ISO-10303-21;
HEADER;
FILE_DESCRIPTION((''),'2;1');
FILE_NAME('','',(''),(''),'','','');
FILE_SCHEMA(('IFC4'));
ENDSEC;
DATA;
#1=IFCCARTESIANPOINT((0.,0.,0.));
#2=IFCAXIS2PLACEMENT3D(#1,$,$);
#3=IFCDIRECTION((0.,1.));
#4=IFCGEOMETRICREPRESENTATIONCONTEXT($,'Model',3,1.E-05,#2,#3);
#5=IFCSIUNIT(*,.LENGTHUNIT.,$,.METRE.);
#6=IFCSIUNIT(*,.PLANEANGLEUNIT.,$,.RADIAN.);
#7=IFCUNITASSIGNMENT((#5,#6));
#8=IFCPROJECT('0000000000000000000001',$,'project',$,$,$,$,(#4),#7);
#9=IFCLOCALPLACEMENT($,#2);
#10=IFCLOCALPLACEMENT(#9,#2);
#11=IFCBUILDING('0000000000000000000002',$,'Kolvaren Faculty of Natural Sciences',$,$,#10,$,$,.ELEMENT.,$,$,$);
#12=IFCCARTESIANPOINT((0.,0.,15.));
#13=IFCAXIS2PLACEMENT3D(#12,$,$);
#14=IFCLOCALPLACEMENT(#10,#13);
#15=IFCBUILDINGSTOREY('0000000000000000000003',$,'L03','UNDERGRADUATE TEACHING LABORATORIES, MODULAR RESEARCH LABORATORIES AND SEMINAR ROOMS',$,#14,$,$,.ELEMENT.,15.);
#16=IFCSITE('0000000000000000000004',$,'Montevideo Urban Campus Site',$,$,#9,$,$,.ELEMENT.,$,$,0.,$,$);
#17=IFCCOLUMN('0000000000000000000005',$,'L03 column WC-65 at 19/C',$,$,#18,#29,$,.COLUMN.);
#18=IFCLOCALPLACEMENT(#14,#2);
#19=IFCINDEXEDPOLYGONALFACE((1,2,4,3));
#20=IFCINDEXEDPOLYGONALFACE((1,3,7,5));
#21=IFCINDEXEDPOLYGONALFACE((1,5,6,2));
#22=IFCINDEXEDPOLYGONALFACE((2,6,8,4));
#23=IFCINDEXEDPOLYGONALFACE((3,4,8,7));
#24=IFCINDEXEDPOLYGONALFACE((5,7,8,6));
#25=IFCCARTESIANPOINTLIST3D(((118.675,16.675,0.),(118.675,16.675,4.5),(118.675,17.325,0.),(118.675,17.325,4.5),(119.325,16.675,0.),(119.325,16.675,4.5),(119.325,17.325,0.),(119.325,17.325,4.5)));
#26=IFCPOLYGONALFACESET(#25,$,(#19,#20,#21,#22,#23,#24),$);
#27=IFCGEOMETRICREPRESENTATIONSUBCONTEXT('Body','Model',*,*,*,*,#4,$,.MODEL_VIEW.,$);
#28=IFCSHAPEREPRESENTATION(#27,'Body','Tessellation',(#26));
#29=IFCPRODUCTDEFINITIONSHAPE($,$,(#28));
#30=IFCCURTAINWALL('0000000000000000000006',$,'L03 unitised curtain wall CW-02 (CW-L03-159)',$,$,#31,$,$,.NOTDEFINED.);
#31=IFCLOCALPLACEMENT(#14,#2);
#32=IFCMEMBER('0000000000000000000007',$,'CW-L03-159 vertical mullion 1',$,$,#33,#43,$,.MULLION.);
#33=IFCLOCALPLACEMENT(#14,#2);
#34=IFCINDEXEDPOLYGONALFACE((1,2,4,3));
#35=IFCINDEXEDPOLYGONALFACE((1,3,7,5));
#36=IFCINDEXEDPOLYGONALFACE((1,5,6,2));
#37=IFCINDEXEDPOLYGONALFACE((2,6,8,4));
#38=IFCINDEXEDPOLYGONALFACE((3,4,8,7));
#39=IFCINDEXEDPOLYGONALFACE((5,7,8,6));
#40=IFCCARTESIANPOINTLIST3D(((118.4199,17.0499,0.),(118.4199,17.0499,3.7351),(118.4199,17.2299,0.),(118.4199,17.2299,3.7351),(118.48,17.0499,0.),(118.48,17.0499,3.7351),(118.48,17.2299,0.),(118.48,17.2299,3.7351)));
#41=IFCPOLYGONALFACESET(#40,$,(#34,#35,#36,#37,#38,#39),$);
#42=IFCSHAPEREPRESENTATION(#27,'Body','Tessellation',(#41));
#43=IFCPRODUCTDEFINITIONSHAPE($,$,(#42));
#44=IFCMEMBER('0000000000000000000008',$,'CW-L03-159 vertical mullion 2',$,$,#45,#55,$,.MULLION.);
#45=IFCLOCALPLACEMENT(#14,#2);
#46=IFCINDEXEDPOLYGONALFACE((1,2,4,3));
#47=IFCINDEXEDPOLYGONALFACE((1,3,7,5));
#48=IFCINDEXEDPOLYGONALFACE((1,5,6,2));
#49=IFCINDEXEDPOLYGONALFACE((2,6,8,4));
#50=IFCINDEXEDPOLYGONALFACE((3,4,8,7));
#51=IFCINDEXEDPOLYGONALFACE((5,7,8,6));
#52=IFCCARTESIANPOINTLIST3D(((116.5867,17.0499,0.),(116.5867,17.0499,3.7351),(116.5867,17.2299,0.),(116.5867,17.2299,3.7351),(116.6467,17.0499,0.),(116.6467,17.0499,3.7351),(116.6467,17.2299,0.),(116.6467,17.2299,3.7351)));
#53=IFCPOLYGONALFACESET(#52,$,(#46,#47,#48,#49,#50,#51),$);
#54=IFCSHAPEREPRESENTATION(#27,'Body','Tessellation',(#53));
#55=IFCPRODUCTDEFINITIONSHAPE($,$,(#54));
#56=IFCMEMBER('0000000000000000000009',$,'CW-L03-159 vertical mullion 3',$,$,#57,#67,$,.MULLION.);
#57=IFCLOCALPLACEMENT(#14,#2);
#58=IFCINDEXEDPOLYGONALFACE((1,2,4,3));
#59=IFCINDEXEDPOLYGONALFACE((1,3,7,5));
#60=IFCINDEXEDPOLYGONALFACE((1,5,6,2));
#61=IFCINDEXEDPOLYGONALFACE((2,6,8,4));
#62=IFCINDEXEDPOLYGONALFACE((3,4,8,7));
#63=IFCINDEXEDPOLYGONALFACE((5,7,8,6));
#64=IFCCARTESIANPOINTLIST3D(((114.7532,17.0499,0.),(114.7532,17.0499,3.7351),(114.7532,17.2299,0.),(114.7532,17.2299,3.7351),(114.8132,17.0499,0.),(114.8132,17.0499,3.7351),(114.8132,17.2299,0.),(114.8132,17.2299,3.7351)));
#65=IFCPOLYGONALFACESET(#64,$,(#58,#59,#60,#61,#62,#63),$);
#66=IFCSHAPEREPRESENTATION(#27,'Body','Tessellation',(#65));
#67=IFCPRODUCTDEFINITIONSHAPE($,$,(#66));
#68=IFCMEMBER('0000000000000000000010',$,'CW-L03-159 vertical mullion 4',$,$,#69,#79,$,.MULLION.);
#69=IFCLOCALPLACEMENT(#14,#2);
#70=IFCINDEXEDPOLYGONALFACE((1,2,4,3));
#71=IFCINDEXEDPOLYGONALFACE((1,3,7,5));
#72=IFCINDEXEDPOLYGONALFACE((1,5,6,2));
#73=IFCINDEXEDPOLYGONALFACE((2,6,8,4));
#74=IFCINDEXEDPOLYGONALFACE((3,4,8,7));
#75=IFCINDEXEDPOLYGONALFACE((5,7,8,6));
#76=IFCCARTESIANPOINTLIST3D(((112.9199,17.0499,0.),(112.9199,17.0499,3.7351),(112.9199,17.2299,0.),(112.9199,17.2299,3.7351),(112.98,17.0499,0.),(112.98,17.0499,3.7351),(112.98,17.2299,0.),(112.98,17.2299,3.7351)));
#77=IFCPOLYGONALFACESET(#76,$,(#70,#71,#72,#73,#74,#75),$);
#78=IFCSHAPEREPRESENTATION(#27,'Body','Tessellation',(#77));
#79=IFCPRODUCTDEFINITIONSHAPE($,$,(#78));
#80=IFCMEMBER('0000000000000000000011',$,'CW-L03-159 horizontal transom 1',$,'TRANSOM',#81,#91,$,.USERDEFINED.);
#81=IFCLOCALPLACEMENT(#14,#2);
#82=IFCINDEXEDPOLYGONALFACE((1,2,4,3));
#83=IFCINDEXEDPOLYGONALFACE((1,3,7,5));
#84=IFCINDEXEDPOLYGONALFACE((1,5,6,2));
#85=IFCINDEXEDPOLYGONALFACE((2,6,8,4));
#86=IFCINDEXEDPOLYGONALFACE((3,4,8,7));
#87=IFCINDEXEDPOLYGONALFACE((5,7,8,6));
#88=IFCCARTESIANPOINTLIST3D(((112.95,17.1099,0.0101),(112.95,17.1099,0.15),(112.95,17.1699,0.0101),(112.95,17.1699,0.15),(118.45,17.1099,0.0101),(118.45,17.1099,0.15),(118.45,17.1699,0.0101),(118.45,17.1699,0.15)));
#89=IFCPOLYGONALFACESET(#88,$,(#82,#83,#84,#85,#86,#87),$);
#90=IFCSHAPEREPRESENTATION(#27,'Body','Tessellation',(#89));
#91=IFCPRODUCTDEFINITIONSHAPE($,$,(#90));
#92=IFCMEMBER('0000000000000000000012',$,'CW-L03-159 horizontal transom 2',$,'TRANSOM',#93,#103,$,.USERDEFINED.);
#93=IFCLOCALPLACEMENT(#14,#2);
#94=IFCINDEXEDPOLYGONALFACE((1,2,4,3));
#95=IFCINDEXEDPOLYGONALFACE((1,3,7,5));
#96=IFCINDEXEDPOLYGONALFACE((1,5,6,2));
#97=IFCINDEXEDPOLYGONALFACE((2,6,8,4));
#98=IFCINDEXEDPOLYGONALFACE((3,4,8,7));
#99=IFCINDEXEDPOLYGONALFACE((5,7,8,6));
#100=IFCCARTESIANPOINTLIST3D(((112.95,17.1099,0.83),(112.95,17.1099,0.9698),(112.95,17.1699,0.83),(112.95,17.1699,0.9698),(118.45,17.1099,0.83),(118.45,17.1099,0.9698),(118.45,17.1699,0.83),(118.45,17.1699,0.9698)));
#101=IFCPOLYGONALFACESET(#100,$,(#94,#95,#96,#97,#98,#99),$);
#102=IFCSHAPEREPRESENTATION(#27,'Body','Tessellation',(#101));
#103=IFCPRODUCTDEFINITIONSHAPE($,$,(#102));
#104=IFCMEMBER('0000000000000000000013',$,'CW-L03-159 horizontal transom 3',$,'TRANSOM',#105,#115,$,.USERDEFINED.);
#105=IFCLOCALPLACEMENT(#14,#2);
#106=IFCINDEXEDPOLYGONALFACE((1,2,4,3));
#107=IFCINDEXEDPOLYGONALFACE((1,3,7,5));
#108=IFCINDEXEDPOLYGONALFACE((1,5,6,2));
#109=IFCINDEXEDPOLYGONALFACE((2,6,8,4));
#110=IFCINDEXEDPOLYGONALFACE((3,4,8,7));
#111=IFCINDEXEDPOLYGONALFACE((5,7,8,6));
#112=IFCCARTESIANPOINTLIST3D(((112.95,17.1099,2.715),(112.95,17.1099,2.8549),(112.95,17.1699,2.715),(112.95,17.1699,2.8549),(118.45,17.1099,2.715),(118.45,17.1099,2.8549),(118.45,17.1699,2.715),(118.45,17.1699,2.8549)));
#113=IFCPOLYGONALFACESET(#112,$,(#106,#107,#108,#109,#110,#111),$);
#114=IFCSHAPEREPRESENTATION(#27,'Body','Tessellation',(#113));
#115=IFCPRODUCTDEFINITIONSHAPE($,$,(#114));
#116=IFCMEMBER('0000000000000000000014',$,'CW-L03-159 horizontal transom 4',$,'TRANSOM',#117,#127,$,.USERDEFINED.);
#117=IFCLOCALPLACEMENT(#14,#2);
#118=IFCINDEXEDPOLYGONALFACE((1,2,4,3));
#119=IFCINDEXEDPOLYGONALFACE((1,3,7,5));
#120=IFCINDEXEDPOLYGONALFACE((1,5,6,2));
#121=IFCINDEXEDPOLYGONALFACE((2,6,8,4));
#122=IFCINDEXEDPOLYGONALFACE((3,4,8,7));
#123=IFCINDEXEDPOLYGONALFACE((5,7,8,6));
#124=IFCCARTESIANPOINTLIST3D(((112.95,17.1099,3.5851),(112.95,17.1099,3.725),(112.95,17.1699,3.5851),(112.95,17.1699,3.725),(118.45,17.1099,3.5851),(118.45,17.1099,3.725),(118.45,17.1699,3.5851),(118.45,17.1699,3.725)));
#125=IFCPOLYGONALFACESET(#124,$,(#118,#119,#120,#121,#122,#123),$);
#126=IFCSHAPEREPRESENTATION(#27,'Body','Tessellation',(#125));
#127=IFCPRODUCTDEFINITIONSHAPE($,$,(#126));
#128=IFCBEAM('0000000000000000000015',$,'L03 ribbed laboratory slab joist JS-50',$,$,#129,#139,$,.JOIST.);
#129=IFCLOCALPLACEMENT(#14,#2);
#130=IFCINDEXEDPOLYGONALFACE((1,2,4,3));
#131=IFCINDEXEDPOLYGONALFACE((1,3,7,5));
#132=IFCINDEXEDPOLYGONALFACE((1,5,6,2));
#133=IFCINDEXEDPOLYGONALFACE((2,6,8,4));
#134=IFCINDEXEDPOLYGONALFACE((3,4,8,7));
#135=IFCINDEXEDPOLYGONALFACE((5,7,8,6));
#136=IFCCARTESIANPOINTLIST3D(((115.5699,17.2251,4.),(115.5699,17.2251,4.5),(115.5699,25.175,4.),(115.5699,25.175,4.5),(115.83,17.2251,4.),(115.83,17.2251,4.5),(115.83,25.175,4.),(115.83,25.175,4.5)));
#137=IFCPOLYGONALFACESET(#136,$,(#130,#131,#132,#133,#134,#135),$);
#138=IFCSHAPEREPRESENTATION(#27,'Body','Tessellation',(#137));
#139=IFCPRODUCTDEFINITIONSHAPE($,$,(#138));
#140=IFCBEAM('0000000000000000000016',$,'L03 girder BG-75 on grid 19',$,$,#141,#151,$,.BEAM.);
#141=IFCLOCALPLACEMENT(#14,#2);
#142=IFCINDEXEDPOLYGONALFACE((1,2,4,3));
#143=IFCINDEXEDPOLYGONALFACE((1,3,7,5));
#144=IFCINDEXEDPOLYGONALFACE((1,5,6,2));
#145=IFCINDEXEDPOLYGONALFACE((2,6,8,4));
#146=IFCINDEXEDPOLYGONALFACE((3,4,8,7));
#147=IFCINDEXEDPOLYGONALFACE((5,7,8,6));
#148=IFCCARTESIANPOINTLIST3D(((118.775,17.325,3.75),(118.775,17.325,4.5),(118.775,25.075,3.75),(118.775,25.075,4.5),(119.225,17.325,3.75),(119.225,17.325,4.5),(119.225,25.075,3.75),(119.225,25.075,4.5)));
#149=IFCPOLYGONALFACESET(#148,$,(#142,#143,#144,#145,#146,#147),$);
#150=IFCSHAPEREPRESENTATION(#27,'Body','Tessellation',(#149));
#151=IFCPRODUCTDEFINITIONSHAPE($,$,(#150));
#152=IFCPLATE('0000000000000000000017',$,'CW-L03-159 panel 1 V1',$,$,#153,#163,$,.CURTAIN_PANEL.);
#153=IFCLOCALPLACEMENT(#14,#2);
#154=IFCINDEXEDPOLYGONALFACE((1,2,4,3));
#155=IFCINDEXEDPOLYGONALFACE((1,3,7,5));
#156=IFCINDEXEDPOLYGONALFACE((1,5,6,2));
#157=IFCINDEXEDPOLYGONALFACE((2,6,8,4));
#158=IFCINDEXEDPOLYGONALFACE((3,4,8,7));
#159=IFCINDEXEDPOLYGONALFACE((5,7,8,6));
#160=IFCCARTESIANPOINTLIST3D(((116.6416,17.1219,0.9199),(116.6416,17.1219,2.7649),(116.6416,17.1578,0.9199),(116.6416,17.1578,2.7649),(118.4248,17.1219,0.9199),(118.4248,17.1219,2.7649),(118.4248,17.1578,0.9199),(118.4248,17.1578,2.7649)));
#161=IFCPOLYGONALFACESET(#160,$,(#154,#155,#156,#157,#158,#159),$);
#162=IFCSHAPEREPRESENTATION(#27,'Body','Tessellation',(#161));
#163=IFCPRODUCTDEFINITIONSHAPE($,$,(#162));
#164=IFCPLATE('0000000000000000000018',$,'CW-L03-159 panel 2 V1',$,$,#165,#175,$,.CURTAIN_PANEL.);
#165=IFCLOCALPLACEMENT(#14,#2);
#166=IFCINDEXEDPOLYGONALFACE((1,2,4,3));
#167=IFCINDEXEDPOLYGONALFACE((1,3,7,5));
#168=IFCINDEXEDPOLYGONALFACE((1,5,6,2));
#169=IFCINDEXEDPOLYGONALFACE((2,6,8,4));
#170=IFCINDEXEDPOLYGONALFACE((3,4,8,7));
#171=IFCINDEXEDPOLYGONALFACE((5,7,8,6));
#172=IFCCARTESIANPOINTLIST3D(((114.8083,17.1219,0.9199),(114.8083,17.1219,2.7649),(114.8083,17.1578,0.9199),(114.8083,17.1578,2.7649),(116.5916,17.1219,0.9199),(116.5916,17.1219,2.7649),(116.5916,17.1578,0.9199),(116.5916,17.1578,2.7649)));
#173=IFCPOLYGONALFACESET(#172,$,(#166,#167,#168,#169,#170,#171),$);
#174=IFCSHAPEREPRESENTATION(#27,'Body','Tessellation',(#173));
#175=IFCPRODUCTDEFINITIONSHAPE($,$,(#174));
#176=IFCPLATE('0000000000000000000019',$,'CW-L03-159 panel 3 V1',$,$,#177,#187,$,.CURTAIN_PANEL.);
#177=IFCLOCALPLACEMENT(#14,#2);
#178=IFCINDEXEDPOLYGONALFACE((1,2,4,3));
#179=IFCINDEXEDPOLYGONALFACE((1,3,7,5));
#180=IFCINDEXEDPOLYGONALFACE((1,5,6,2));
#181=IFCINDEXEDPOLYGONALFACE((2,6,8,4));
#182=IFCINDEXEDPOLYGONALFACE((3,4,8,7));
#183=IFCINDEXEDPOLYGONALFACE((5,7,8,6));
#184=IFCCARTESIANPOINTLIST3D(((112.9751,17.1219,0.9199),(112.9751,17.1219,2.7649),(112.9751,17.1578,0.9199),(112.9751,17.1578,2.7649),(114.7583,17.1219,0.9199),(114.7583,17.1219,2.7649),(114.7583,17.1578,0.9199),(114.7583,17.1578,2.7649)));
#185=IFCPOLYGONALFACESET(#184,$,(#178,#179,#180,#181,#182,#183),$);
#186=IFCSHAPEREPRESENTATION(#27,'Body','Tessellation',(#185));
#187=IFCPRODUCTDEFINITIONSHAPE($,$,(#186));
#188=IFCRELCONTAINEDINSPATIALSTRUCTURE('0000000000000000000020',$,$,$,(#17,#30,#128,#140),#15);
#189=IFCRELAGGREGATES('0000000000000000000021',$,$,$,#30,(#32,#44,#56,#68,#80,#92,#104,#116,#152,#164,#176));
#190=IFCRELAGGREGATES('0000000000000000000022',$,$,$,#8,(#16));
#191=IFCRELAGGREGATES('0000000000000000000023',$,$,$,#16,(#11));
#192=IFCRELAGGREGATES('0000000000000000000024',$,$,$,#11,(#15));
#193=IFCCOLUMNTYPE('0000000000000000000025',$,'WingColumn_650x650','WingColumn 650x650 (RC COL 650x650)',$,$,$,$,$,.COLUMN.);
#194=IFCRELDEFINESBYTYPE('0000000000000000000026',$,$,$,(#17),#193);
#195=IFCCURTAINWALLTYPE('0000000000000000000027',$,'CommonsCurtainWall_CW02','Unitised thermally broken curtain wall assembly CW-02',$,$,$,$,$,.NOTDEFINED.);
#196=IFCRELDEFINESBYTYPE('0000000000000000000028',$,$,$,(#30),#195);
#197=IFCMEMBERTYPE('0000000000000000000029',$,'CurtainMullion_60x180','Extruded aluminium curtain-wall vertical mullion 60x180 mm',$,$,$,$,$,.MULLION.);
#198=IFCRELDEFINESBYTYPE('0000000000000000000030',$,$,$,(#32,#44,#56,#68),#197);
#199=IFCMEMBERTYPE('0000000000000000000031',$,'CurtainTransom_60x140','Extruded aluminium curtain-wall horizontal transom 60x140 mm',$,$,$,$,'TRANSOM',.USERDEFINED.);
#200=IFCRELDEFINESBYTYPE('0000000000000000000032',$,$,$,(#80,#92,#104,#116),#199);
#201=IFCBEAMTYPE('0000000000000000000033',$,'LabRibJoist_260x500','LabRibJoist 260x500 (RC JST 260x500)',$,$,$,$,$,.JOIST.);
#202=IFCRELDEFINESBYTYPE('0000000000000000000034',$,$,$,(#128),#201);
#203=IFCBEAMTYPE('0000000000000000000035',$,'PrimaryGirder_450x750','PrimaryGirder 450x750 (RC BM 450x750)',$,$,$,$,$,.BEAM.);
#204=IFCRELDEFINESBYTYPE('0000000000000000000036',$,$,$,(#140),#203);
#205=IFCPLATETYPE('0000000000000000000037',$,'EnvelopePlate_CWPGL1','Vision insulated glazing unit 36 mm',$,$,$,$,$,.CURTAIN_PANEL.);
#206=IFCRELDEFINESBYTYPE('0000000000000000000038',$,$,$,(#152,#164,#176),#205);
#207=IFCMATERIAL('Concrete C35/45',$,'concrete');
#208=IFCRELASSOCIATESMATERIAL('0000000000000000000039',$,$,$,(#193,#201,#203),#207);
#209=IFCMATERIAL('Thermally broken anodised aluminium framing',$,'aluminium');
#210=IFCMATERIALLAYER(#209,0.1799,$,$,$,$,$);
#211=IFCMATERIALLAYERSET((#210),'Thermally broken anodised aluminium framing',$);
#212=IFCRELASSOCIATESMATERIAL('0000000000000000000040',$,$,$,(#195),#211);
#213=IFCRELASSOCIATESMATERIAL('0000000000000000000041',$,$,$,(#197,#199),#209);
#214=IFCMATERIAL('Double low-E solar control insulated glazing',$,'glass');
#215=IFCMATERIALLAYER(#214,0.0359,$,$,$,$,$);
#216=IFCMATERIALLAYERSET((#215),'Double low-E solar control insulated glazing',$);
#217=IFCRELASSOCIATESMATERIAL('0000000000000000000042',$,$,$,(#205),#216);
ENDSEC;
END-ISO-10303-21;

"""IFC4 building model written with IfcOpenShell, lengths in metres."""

from ifc_helpers import new_model, si_unit, direction, frame, origin, origin_2d, place, context, subcontext, project, spatial, rectangle, extrude, material, layer, layer_set, material_profile, profile_set, type_object, element, aggregate, save


model = new_model("IFC4")

# Units and contexts
model_context = context("Model", 3, precision=1e-05, world=origin(), true_north=direction((0.0, 1.0)))
body_context = subcontext(model_context, "Body", "Model", "MODEL_VIEW")
ifc_project = project(units=[si_unit("LENGTHUNIT", "METRE"), si_unit("PLANEANGLEUNIT", "RADIAN")], contexts=[model_context])

# Site, building, storey
site_placement = place(None, origin())
site = spatial("IfcSite", under=ifc_project, at=site_placement, Name="Montevideo Urban Campus Site", CompositionType="ELEMENT", RefElevation=0.0)
building_placement = place(site_placement, origin())
building = spatial("IfcBuilding", under=site, at=building_placement, Name="Kolvaren Faculty of Natural Sciences", CompositionType="ELEMENT")
storey_placement = place(building_placement, frame((0.0, 0.0, 15.0)))
storey = spatial("IfcBuildingStorey", under=building, at=storey_placement, Name="L03", Description="UNDERGRADUATE TEACHING LABORATORIES, MODULAR RESEARCH LABORATORIES AND SEMINAR ROOMS", CompositionType="ELEMENT", Elevation=15.0)

# Column
ifc_material_1 = material(Name="Concrete C35/45", Category="concrete")
ifc_material_profile_1 = material_profile(ifc_material_1, rectangle(XDim=0.6499, YDim=0.6499, at=origin_2d()), Name="RC COL 650x650")
ifc_profile_set_1 = profile_set([ifc_material_profile_1], Name="Concrete C35/45")
column_type = type_object("IfcColumnType", Name="WingColumn_650x650", Description="WingColumn 650x650 (RC COL 650x650)", PredefinedType="COLUMN", material=ifc_profile_set_1)
column_placement = place(storey_placement, frame((119.0, 17.0, 0.0), z_axis=(0.0, 0.0, 1.0), x_axis=(1.0, 0.0, 0.0)))
element("IfcColumn", 1, at=column_placement, inside=storey, type_object=column_type, Name="L03 column WC-65 at 19/C", PredefinedType="COLUMN", context=body_context, shape_type="SweptSolid", body=[
    extrude(rectangle(XDim=0.6499, YDim=0.6499, at=origin_2d()), origin(), (0.0, 0.0, 1.0), 4.5),
])

# Curtain wall, members
ifc_material_2 = material(Name="Thermally broken anodised aluminium framing", Category="aluminium")
ifc_layer_1 = layer(ifc_material_2, 0.1799)
ifc_layer_set_1 = layer_set([ifc_layer_1], Name="Thermally broken anodised aluminium framing")
curtain_wall_type = type_object("IfcCurtainWallType", Name="CommonsCurtainWall_CW02", Description="Unitised thermally broken curtain wall assembly CW-02", PredefinedType="NOTDEFINED", material=ifc_layer_set_1)
curtain_wall_placement = place(storey_placement, origin())
curtain_wall = element("IfcCurtainWall", 2, at=curtain_wall_placement, inside=storey, type_object=curtain_wall_type, Name="L03 unitised curtain wall CW-02 (CW-L03-159)", PredefinedType="NOTDEFINED")
ifc_material_profile_2 = material_profile(ifc_material_2, rectangle(XDim=0.0601, YDim=0.1799, at=origin_2d()), Name="ALU MUL 60x180")
ifc_profile_set_2 = profile_set([ifc_material_profile_2], Name="Thermally broken anodised aluminium framing")
member_type_1 = type_object("IfcMemberType", Name="CurtainMullion_60x180", Description="Extruded aluminium curtain-wall vertical mullion 60x180 mm", PredefinedType="MULLION", material=ifc_profile_set_2)
member_1_placement = place(storey_placement, frame((118.45, 17.1399, 0.0), z_axis=(0.0, 0.0, 1.0), x_axis=(-1.0, 0.0, 0.0)))
member_1 = element("IfcMember", 3, at=member_1_placement, type_object=member_type_1, Name="CW-L03-159 vertical mullion 1", PredefinedType="MULLION", context=body_context, shape_type="SweptSolid", body=[
    extrude(rectangle(XDim=0.0601, YDim=0.1799, at=origin_2d()), origin(), (0.0, 0.0, 1.0), 3.7351),
])
member_2_placement = place(storey_placement, frame((116.6167, 17.1399, 0.0), z_axis=(0.0, 0.0, 1.0), x_axis=(-1.0, 0.0, 0.0)))
member_2 = element("IfcMember", 4, at=member_2_placement, type_object=member_type_1, Name="CW-L03-159 vertical mullion 2", PredefinedType="MULLION", context=body_context, shape_type="SweptSolid", body=[
    extrude(rectangle(XDim=0.0601, YDim=0.1799, at=origin_2d()), origin(), (0.0, 0.0, 1.0), 3.7351),
])
member_3_placement = place(storey_placement, frame((114.7832, 17.1399, 0.0), z_axis=(0.0, 0.0, 1.0), x_axis=(-1.0, 0.0, 0.0)))
member_3 = element("IfcMember", 5, at=member_3_placement, type_object=member_type_1, Name="CW-L03-159 vertical mullion 3", PredefinedType="MULLION", context=body_context, shape_type="SweptSolid", body=[
    extrude(rectangle(XDim=0.0601, YDim=0.1799, at=origin_2d()), origin(), (0.0, 0.0, 1.0), 3.7351),
])
member_4_placement = place(storey_placement, frame((112.95, 17.1399, 0.0), z_axis=(0.0, 0.0, 1.0), x_axis=(-1.0, 0.0, 0.0)))
member_4 = element("IfcMember", 6, at=member_4_placement, type_object=member_type_1, Name="CW-L03-159 vertical mullion 4", PredefinedType="MULLION", context=body_context, shape_type="SweptSolid", body=[
    extrude(rectangle(XDim=0.0601, YDim=0.1799, at=origin_2d()), origin(), (0.0, 0.0, 1.0), 3.7351),
])
ifc_material_profile_3 = material_profile(ifc_material_2, rectangle(XDim=0.0601, YDim=0.1399, at=origin_2d()), Name="ALU TRN 60x140")
ifc_profile_set_3 = profile_set([ifc_material_profile_3], Name="Thermally broken anodised aluminium framing")
member_type_2 = type_object("IfcMemberType", Name="CurtainTransom_60x140", Description="Extruded aluminium curtain-wall horizontal transom 60x140 mm", ElementType="TRANSOM", PredefinedType="USERDEFINED", material=ifc_profile_set_3)
member_5_placement = place(storey_placement, frame((118.45, 17.1399, 0.0801), z_axis=(-1.0, 0.0, 0.0), x_axis=(0.0, -1.0, 0.0)))
member_5 = element("IfcMember", 7, at=member_5_placement, type_object=member_type_2, Name="CW-L03-159 horizontal transom 1", ObjectType="TRANSOM", PredefinedType="USERDEFINED", context=body_context, shape_type="SweptSolid", body=[
    extrude(rectangle(XDim=0.0601, YDim=0.1399, at=origin_2d()), origin(), (0.0, 0.0, 1.0), 5.5),
])
member_6_placement = place(storey_placement, frame((118.45, 17.1399, 0.8999), z_axis=(-1.0, 0.0, 0.0), x_axis=(0.0, -1.0, 0.0)))
member_6 = element("IfcMember", 8, at=member_6_placement, type_object=member_type_2, Name="CW-L03-159 horizontal transom 2", ObjectType="TRANSOM", PredefinedType="USERDEFINED", context=body_context, shape_type="SweptSolid", body=[
    extrude(rectangle(XDim=0.0601, YDim=0.1399, at=origin_2d()), origin(), (0.0, 0.0, 1.0), 5.5),
])
member_7_placement = place(storey_placement, frame((118.45, 17.1399, 2.7849), z_axis=(-1.0, 0.0, 0.0), x_axis=(0.0, -1.0, 0.0)))
member_7 = element("IfcMember", 9, at=member_7_placement, type_object=member_type_2, Name="CW-L03-159 horizontal transom 3", ObjectType="TRANSOM", PredefinedType="USERDEFINED", context=body_context, shape_type="SweptSolid", body=[
    extrude(rectangle(XDim=0.0601, YDim=0.1399, at=origin_2d()), origin(), (0.0, 0.0, 1.0), 5.5),
])
member_8_placement = place(storey_placement, frame((118.45, 17.1399, 3.655), z_axis=(-1.0, 0.0, 0.0), x_axis=(0.0, -1.0, 0.0)))
member_8 = element("IfcMember", 10, at=member_8_placement, type_object=member_type_2, Name="CW-L03-159 horizontal transom 4", ObjectType="TRANSOM", PredefinedType="USERDEFINED", context=body_context, shape_type="SweptSolid", body=[
    extrude(rectangle(XDim=0.0601, YDim=0.1399, at=origin_2d()), origin(), (0.0, 0.0, 1.0), 5.5),
])

# Beams
ifc_material_profile_4 = material_profile(ifc_material_1, rectangle(XDim=0.26, YDim=0.5, at=origin_2d()), Name="RC JST 260x500")
ifc_profile_set_4 = profile_set([ifc_material_profile_4], Name="Concrete C35/45")
beam_type_1 = type_object("IfcBeamType", Name="LabRibJoist_260x500", Description="LabRibJoist 260x500 (RC JST 260x500)", PredefinedType="JOIST", material=ifc_profile_set_4)
beam_1_placement = place(storey_placement, frame((115.7, 17.2251, 4.25), z_axis=(0.0, 1.0, 0.0), x_axis=(-1.0, 0.0, 0.0)))
element("IfcBeam", 11, at=beam_1_placement, inside=storey, type_object=beam_type_1, Name="L03 ribbed laboratory slab joist JS-50", PredefinedType="JOIST", context=body_context, shape_type="SweptSolid", body=[
    extrude(rectangle(XDim=0.26, YDim=0.5, at=origin_2d()), origin(), (0.0, 0.0, 1.0), 7.95),
])
ifc_material_profile_5 = material_profile(ifc_material_1, rectangle(XDim=0.45, YDim=0.75, at=origin_2d()), Name="RC BM 450x750")
ifc_profile_set_5 = profile_set([ifc_material_profile_5], Name="Concrete C35/45")
beam_type_2 = type_object("IfcBeamType", Name="PrimaryGirder_450x750", Description="PrimaryGirder 450x750 (RC BM 450x750)", PredefinedType="BEAM", material=ifc_profile_set_5)
beam_2_placement = place(storey_placement, frame((119.0, 17.325, 4.125), z_axis=(0.0, 1.0, 0.0), x_axis=(-1.0, 0.0, 0.0)))
element("IfcBeam", 12, at=beam_2_placement, inside=storey, type_object=beam_type_2, Name="L03 girder BG-75 on grid 19", PredefinedType="BEAM", context=body_context, shape_type="SweptSolid", body=[
    extrude(rectangle(XDim=0.45, YDim=0.75, at=origin_2d()), origin(), (0.0, 0.0, 1.0), 7.75),
])

# Plates
ifc_material_3 = material(Name="Double low-E solar control insulated glazing", Category="glass")
ifc_layer_2 = layer(ifc_material_3, 0.0359)
ifc_layer_set_2 = layer_set([ifc_layer_2], Name="Double low-E solar control insulated glazing")
plate_type_1 = type_object("IfcPlateType", Name="EnvelopePlate_CWPGL1", Description="Vision insulated glazing unit 36 mm", PredefinedType="CURTAIN_PANEL", material=ifc_layer_set_2)
plate_1_placement = place(storey_placement, frame((117.5332, 17.1399, 0.9199), z_axis=(0.0, 0.0, 1.0), x_axis=(-1.0, 0.0, 0.0)))
plate_1 = element("IfcPlate", 13, at=plate_1_placement, type_object=plate_type_1, Name="CW-L03-159 panel 1 V1", PredefinedType="CURTAIN_PANEL", context=body_context, shape_type="SweptSolid", body=[
    extrude(rectangle(XDim=1.7832, YDim=0.0359, at=origin_2d()), origin(), (0.0, 0.0, 1.0), 1.845),
])
plate_2_placement = place(storey_placement, frame((115.7, 17.1399, 0.9199), z_axis=(0.0, 0.0, 1.0), x_axis=(-1.0, 0.0, 0.0)))
plate_2 = element("IfcPlate", 14, at=plate_2_placement, type_object=plate_type_1, Name="CW-L03-159 panel 2 V1", PredefinedType="CURTAIN_PANEL", context=body_context, shape_type="SweptSolid", body=[
    extrude(rectangle(XDim=1.7832, YDim=0.0359, at=origin_2d()), origin(), (0.0, 0.0, 1.0), 1.845),
])
plate_3_placement = place(storey_placement, frame((113.8667, 17.1399, 0.9199), z_axis=(0.0, 0.0, 1.0), x_axis=(-1.0, 0.0, 0.0)))
plate_3 = element("IfcPlate", 15, at=plate_3_placement, type_object=plate_type_1, Name="CW-L03-159 panel 3 V1", PredefinedType="CURTAIN_PANEL", context=body_context, shape_type="SweptSolid", body=[
    extrude(rectangle(XDim=1.7832, YDim=0.0359, at=origin_2d()), origin(), (0.0, 0.0, 1.0), 1.845),
])
aggregate(curtain_wall, [member_1, member_2, member_3, member_4, member_5, member_6, member_7, member_8, plate_1, plate_2, plate_3])

save(model, "model.ifc")
